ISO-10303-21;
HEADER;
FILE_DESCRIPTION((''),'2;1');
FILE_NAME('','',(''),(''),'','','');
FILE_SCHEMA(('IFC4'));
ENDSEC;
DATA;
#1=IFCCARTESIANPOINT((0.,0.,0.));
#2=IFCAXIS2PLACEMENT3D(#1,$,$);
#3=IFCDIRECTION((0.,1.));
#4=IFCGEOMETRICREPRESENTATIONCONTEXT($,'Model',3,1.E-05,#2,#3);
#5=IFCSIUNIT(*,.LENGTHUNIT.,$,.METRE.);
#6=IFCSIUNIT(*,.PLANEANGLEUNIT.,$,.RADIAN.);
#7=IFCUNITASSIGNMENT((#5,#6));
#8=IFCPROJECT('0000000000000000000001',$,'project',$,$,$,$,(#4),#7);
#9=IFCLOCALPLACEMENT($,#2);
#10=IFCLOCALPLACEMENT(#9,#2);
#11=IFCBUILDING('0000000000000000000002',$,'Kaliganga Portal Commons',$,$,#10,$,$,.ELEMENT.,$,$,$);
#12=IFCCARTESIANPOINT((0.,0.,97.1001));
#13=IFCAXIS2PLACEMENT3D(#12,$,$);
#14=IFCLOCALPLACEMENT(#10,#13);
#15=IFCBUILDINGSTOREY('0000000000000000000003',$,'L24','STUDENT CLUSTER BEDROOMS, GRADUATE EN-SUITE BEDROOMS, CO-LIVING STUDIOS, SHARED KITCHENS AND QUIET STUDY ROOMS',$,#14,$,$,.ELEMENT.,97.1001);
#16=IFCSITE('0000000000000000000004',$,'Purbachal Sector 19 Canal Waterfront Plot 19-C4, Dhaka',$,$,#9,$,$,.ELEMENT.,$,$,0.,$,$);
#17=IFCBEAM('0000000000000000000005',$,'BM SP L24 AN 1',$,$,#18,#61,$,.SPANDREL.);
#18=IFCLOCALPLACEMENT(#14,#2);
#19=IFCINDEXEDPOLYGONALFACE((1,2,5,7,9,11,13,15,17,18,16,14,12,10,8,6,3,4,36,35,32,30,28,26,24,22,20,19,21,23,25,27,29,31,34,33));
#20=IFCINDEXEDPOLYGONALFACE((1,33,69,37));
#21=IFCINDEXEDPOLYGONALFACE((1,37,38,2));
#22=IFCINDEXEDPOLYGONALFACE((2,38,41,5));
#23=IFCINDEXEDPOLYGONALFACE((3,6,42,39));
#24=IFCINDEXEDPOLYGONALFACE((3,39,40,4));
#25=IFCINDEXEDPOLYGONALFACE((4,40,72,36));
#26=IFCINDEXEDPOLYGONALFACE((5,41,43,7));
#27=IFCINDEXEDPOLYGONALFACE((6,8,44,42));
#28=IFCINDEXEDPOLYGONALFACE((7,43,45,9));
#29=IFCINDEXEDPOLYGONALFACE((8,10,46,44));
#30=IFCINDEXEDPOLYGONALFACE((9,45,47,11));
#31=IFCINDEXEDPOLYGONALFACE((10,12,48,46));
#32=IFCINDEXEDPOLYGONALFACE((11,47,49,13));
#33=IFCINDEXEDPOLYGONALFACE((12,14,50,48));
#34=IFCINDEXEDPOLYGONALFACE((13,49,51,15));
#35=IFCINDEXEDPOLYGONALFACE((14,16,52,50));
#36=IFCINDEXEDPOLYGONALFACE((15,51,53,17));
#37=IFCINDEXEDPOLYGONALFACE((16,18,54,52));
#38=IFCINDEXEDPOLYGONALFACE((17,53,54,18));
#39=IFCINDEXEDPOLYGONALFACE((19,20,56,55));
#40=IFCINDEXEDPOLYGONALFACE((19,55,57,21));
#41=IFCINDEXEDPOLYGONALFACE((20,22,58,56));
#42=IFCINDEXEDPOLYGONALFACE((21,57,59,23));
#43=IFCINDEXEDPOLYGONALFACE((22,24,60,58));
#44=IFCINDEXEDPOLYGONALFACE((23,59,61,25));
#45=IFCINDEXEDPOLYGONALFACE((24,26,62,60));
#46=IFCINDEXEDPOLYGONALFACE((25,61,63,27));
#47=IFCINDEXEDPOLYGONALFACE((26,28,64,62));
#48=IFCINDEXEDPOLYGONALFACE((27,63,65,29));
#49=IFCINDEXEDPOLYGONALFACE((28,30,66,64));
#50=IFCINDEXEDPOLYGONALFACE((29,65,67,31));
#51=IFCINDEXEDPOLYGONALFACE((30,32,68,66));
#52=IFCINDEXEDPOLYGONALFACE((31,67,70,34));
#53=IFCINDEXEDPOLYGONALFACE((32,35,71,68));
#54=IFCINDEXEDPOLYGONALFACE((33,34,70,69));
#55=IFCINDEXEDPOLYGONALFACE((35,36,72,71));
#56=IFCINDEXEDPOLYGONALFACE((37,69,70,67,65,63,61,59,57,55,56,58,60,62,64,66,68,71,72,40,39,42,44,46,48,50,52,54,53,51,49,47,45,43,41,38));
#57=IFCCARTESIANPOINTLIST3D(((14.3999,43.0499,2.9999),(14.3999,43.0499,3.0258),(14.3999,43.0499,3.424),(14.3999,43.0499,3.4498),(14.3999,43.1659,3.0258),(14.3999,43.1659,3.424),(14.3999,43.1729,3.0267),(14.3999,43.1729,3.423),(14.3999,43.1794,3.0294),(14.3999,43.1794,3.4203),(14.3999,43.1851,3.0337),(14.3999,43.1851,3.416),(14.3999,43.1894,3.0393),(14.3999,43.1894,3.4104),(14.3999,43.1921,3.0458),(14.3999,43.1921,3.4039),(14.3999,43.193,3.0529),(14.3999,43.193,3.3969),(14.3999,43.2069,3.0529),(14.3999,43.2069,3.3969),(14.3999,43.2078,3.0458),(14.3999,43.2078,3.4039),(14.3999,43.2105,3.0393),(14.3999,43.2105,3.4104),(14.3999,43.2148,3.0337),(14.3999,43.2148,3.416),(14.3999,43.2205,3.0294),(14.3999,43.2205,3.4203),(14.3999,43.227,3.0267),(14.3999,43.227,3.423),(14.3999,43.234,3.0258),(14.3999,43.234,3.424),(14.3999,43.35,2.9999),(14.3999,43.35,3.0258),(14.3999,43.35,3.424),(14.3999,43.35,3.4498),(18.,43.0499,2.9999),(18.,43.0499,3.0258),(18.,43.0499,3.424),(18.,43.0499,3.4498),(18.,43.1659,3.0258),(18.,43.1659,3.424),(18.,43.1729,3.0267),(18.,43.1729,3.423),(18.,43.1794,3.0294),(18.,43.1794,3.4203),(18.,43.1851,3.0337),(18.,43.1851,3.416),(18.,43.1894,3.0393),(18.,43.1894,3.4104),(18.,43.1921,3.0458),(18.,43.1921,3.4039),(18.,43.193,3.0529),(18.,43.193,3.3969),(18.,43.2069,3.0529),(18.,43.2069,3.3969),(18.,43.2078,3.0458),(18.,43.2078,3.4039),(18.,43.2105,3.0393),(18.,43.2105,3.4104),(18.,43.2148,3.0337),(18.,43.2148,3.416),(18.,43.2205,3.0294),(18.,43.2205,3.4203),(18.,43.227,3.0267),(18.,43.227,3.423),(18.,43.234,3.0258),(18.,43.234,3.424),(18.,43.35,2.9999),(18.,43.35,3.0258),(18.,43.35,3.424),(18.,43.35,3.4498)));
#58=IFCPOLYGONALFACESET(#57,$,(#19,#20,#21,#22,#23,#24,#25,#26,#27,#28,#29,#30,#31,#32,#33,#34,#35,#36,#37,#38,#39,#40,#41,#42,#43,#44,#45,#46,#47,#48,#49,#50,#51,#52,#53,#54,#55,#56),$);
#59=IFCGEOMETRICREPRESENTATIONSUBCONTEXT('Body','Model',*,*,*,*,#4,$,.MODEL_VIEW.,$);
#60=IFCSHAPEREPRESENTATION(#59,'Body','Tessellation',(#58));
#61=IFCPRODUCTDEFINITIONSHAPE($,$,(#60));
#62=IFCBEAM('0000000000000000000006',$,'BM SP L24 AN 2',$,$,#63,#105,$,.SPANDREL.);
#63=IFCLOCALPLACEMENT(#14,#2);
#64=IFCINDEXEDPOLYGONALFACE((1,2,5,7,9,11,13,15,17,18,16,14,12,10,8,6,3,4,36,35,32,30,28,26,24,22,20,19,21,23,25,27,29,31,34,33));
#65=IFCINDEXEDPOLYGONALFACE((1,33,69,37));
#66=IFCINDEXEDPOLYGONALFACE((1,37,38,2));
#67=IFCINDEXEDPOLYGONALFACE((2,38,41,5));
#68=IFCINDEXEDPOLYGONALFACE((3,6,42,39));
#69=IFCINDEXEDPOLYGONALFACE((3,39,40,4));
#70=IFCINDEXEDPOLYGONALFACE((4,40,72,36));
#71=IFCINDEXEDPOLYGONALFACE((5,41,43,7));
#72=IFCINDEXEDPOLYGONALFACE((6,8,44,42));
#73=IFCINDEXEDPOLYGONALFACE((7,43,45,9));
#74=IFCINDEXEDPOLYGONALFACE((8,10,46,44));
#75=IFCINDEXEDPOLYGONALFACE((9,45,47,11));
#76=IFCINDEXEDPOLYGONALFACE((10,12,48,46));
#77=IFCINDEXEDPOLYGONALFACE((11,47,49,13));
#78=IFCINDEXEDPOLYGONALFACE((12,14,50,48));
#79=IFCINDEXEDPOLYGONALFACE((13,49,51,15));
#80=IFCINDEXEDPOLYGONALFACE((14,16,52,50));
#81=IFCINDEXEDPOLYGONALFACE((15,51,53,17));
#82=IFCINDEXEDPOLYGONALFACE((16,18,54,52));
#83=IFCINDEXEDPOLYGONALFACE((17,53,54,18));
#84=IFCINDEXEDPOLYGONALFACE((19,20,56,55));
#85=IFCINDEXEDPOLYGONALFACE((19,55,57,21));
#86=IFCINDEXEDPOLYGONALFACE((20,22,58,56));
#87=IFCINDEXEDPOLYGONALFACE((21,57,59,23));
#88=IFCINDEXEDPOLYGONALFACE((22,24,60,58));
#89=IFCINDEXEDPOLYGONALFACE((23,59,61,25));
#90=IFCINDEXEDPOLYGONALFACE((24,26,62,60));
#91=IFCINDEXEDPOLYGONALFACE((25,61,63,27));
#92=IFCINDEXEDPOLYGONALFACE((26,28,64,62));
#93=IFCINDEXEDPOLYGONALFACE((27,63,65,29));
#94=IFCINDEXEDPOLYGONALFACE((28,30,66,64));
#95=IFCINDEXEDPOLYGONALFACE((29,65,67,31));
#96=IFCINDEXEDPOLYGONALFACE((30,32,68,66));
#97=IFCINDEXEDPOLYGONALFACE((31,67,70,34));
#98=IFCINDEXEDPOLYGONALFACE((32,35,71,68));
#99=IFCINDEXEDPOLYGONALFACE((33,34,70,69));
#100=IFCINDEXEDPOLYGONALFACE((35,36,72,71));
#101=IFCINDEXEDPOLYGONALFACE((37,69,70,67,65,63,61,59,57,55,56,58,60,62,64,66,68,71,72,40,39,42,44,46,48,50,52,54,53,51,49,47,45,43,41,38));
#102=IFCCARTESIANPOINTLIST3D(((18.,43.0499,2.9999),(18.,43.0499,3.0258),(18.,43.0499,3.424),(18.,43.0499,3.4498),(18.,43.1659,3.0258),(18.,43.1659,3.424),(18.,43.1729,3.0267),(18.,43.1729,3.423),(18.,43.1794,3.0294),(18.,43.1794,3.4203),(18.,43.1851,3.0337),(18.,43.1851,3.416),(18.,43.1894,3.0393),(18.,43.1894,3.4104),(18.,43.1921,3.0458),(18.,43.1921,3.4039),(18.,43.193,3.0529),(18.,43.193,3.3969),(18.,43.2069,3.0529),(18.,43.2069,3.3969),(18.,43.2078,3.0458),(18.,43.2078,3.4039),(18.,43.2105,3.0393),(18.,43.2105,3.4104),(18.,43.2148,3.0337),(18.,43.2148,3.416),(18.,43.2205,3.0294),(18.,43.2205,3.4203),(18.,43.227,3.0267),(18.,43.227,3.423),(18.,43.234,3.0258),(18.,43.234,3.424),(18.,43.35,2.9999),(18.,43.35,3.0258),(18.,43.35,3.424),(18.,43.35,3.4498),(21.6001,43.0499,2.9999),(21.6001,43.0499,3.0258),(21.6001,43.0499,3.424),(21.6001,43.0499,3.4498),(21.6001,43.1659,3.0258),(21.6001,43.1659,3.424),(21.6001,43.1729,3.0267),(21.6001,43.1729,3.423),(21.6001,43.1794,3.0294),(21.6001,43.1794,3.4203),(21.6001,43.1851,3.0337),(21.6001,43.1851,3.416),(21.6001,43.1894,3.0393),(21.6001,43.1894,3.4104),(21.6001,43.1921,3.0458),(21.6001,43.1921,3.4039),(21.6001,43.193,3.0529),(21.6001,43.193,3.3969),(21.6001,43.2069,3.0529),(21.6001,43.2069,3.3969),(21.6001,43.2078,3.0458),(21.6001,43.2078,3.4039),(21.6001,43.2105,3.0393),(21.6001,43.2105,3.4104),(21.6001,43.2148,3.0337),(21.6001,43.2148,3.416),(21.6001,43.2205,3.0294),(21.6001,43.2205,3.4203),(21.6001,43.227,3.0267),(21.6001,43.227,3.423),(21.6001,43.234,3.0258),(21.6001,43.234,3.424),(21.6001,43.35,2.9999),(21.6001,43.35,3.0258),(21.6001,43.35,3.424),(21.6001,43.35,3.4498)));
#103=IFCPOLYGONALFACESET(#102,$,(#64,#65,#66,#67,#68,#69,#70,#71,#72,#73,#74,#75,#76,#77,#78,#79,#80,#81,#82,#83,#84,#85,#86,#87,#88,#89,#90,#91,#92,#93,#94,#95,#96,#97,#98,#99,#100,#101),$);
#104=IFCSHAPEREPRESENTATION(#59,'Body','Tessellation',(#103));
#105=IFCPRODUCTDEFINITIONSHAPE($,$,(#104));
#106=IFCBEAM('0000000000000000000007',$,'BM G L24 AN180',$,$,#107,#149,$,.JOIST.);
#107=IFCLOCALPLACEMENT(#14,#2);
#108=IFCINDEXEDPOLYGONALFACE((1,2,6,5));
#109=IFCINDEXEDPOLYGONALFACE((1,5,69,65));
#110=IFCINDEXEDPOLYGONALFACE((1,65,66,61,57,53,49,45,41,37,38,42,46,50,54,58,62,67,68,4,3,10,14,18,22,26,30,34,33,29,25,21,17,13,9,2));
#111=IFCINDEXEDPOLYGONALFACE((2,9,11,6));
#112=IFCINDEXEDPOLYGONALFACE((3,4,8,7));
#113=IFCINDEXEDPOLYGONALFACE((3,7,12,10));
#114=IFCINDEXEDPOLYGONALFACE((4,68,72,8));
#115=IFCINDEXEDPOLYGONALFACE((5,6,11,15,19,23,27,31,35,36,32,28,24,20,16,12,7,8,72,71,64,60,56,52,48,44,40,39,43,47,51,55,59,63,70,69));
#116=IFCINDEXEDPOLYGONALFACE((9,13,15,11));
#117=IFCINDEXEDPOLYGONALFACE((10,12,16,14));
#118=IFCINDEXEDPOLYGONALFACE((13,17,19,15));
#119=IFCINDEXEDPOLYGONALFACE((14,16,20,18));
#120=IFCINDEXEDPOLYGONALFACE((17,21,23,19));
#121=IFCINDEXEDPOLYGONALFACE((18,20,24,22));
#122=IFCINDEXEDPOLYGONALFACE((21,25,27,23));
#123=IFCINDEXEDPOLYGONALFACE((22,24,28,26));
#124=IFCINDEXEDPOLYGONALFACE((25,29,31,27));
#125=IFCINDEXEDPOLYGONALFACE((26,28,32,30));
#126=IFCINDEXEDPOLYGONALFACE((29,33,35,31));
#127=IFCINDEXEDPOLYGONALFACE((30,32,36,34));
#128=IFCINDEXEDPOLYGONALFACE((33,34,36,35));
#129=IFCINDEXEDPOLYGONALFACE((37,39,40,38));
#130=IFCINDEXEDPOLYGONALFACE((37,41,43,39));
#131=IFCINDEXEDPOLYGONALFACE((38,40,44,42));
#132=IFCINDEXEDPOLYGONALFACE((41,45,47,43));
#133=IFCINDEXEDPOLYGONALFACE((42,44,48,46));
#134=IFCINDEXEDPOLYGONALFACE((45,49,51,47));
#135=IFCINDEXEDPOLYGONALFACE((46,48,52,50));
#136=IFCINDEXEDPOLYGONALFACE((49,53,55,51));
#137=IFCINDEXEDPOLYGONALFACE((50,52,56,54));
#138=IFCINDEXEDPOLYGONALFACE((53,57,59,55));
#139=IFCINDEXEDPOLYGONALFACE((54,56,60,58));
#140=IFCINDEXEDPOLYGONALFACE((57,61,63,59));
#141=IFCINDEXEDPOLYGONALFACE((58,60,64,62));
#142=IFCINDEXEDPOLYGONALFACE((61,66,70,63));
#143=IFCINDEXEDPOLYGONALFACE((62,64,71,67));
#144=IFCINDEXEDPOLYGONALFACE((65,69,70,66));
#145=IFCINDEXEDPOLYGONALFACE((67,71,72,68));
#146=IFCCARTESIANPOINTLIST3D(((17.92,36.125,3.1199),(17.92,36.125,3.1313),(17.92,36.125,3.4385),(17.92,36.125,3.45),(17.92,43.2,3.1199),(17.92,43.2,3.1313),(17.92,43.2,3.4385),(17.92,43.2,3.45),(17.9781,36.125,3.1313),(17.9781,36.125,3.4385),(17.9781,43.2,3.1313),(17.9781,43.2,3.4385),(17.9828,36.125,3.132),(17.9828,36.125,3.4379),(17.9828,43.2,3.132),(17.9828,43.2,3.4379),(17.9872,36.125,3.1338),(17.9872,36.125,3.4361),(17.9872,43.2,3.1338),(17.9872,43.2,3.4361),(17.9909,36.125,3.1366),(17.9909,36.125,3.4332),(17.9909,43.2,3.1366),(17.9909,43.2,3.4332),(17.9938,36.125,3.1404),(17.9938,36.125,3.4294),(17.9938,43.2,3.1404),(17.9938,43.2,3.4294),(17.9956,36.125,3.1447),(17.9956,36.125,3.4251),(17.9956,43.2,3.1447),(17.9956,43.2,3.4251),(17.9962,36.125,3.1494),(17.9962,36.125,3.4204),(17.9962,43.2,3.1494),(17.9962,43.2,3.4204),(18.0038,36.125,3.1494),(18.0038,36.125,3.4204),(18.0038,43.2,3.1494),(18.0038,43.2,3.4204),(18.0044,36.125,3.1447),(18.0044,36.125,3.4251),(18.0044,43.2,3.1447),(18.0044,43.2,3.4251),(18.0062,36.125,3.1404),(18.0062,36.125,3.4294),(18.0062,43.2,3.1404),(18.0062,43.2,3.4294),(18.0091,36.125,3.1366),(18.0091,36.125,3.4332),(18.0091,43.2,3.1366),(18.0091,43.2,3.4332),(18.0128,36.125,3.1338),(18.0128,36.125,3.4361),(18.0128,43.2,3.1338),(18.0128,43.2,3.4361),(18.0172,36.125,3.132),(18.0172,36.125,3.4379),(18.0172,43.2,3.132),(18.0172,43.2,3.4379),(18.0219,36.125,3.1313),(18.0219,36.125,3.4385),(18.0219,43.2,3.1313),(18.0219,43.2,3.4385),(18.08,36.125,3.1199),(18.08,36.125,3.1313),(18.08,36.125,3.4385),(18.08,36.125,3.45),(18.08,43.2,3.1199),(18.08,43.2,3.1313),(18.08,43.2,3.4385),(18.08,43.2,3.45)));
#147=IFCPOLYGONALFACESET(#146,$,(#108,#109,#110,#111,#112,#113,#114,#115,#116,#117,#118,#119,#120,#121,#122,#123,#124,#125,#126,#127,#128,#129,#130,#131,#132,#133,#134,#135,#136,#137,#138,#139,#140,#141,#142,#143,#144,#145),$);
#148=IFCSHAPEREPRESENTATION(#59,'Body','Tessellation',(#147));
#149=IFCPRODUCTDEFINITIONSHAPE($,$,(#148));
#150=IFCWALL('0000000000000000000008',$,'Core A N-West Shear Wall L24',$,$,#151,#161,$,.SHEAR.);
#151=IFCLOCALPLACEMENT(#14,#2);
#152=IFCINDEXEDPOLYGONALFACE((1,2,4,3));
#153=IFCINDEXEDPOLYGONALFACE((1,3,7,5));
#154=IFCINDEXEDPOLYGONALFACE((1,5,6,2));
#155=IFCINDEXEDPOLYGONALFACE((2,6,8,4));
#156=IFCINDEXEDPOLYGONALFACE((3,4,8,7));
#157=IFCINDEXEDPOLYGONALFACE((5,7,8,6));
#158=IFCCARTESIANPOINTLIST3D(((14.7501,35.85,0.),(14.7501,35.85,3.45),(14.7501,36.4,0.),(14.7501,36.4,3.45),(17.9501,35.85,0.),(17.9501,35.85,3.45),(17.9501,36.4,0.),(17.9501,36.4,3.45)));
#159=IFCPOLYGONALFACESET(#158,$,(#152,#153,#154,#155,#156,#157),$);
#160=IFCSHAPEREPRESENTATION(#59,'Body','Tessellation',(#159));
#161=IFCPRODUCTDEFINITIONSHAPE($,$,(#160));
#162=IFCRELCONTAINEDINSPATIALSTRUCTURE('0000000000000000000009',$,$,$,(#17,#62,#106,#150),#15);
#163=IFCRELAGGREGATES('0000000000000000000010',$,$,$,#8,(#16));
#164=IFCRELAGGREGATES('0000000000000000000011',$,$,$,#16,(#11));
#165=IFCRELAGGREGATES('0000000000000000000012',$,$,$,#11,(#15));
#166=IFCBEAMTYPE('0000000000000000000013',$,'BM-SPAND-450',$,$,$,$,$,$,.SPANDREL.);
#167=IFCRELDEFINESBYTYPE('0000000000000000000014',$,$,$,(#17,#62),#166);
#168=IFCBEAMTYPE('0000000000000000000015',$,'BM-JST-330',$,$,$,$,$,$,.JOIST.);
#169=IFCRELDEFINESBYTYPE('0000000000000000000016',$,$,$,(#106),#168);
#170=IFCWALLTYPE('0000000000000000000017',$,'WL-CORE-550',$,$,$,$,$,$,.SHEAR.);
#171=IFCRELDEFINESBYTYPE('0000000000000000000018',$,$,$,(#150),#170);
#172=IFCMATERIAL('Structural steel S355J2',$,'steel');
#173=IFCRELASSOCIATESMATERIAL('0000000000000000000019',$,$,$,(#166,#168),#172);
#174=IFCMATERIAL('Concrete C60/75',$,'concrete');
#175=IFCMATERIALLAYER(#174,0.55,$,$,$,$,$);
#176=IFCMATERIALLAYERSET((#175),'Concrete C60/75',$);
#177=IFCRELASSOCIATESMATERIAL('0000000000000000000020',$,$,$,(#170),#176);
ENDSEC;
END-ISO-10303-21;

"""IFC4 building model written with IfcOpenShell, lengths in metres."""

from ifc_helpers import new_model, si_unit, direction, frame, frame_2d, origin, origin_2d, place, context, subcontext, project, spatial, rectangle, i_section, extrude, source, transform, mapped, material, layer, layer_set, material_profile, profile_set, type_object, element, save


model = new_model("IFC4")

# Units and contexts
model_context = context("Model", 3, precision=1e-05, world=origin(), true_north=direction((0.0, 1.0)))
body_context = subcontext(model_context, "Body", "Model", "MODEL_VIEW")
ifc_project = project(units=[si_unit("LENGTHUNIT", "METRE"), si_unit("PLANEANGLEUNIT", "RADIAN")], contexts=[model_context])

# Site, building, storey
site_placement = place(None, origin())
site = spatial("IfcSite", under=ifc_project, at=site_placement, Name="Purbachal Sector 19 Canal Waterfront Plot 19-C4, Dhaka", CompositionType="ELEMENT", RefElevation=0.0)
building_placement = place(site_placement, origin())
building = spatial("IfcBuilding", under=site, at=building_placement, Name="Kaliganga Portal Commons", CompositionType="ELEMENT")
storey_placement = place(building_placement, frame((0.0, 0.0, 97.1001)))
storey = spatial("IfcBuildingStorey", under=building, at=storey_placement, Name="L24", Description="STUDENT CLUSTER BEDROOMS, GRADUATE EN-SUITE BEDROOMS, CO-LIVING STUDIOS, SHARED KITCHENS AND QUIET STUDY ROOMS", CompositionType="ELEMENT", Elevation=97.1001)

# Shared definitions
ifc_material_1 = material(Name="Concrete C60/75", Category="concrete")

# Beams
ifc_material_2 = material(Name="Structural steel S355J2", Category="steel")
ifc_material_profile_1 = material_profile(ifc_material_2, i_section(OverallWidth=0.3, OverallDepth=0.45, WebThickness=0.0139, FlangeThickness=0.0259, FilletRadius=0.0271, at=origin_2d()), Name="HE 450 B")
ifc_profile_set_1 = profile_set([ifc_material_profile_1], Name="Structural steel S355J2 wide-flange")
beam_type_1 = type_object("IfcBeamType", Name="BM-SPAND-450", PredefinedType="SPANDREL", material=ifc_profile_set_1)
shared_shape_1 = source(origin(), body_context, "Body", "SweptSolid", [
    extrude(i_section(OverallWidth=0.3, OverallDepth=0.45, WebThickness=0.0139, FlangeThickness=0.0259, FilletRadius=0.0271, at=origin_2d()), origin(), (0.0, 0.0, 1.0), 3.6001),
])
for number, where, z_axis, x_axis, name in (
    (1, (14.3999, 43.2, 3.2249), (1.0, 0.0, 0.0), (0.0, 1.0, 0.0), "BM SP L24 AN 1"),
    (2, (18.0, 43.2, 3.2249), (1.0, 0.0, 0.0), (0.0, 1.0, 0.0), "BM SP L24 AN 2"),
):
    element("IfcBeam", number, at=place(storey_placement, frame(where, z_axis=z_axis, x_axis=x_axis)), inside=storey, type_object=beam_type_1, Name=name, PredefinedType="SPANDREL", context=body_context, shape_type="MappedRepresentation", body=[
        mapped(shared_shape_1, transform((0.0, 0.0, 0.0), x_axis=(1.0, 0.0, 0.0), y_axis=(0.0, 1.0, 0.0), z_axis=(0.0, 0.0, 1.0), scale=1.0)),
    ])
ifc_material_profile_2 = material_profile(ifc_material_2, i_section(OverallWidth=0.1599, OverallDepth=0.3301, WebThickness=0.0076, FlangeThickness=0.0115, FilletRadius=0.0181, at=origin_2d()), Name="IPE 330")
ifc_profile_set_2 = profile_set([ifc_material_profile_2], Name="Structural steel S355J2 wide-flange")
beam_type_2 = type_object("IfcBeamType", Name="BM-JST-330", PredefinedType="JOIST", material=ifc_profile_set_2)
shared_shape_2 = source(origin(), body_context, "Body", "SweptSolid", [
    extrude(i_section(OverallWidth=0.1599, OverallDepth=0.3301, WebThickness=0.0076, FlangeThickness=0.0115, FilletRadius=0.0181, at=origin_2d()), origin(), (0.0, 0.0, 1.0), 7.075),
])
beam_1_placement = place(storey_placement, frame((18.0, 36.125, 3.2849), z_axis=(0.0, 1.0, 0.0), x_axis=(-1.0, 0.0, 0.0)))
element("IfcBeam", 3, at=beam_1_placement, inside=storey, type_object=beam_type_2, Name="BM G L24 AN180", PredefinedType="JOIST", context=body_context, shape_type="MappedRepresentation", body=[
    mapped(shared_shape_2, transform((0.0, 0.0, 0.0), x_axis=(1.0, 0.0, 0.0), y_axis=(0.0, 1.0, 0.0), z_axis=(0.0, 0.0, 1.0), scale=1.0)),
])

# Wall
ifc_layer_1 = layer(ifc_material_1, 0.55)
ifc_layer_set_1 = layer_set([ifc_layer_1], Name="Concrete C60/75")
wall_type_1 = type_object("IfcWallType", Name="WL-CORE-550", PredefinedType="SHEAR", material=ifc_layer_set_1)
wall_1_placement = place(storey_placement, frame((14.75, 36.125, 0.0), z_axis=(0.0, 0.0, 1.0), x_axis=(1.0, 0.0, 0.0)))
element("IfcWall", 4, at=wall_1_placement, inside=storey, type_object=wall_type_1, Name="Core A N-West Shear Wall L24", PredefinedType="SHEAR", context=body_context, shape_type="SweptSolid", body=[
    extrude(rectangle(XDim=3.2, YDim=0.55, at=frame_2d((1.6001, 0.0))), origin(), (0.0, 0.0, 1.0), 3.45),
])

save(model, "model.ifc")
